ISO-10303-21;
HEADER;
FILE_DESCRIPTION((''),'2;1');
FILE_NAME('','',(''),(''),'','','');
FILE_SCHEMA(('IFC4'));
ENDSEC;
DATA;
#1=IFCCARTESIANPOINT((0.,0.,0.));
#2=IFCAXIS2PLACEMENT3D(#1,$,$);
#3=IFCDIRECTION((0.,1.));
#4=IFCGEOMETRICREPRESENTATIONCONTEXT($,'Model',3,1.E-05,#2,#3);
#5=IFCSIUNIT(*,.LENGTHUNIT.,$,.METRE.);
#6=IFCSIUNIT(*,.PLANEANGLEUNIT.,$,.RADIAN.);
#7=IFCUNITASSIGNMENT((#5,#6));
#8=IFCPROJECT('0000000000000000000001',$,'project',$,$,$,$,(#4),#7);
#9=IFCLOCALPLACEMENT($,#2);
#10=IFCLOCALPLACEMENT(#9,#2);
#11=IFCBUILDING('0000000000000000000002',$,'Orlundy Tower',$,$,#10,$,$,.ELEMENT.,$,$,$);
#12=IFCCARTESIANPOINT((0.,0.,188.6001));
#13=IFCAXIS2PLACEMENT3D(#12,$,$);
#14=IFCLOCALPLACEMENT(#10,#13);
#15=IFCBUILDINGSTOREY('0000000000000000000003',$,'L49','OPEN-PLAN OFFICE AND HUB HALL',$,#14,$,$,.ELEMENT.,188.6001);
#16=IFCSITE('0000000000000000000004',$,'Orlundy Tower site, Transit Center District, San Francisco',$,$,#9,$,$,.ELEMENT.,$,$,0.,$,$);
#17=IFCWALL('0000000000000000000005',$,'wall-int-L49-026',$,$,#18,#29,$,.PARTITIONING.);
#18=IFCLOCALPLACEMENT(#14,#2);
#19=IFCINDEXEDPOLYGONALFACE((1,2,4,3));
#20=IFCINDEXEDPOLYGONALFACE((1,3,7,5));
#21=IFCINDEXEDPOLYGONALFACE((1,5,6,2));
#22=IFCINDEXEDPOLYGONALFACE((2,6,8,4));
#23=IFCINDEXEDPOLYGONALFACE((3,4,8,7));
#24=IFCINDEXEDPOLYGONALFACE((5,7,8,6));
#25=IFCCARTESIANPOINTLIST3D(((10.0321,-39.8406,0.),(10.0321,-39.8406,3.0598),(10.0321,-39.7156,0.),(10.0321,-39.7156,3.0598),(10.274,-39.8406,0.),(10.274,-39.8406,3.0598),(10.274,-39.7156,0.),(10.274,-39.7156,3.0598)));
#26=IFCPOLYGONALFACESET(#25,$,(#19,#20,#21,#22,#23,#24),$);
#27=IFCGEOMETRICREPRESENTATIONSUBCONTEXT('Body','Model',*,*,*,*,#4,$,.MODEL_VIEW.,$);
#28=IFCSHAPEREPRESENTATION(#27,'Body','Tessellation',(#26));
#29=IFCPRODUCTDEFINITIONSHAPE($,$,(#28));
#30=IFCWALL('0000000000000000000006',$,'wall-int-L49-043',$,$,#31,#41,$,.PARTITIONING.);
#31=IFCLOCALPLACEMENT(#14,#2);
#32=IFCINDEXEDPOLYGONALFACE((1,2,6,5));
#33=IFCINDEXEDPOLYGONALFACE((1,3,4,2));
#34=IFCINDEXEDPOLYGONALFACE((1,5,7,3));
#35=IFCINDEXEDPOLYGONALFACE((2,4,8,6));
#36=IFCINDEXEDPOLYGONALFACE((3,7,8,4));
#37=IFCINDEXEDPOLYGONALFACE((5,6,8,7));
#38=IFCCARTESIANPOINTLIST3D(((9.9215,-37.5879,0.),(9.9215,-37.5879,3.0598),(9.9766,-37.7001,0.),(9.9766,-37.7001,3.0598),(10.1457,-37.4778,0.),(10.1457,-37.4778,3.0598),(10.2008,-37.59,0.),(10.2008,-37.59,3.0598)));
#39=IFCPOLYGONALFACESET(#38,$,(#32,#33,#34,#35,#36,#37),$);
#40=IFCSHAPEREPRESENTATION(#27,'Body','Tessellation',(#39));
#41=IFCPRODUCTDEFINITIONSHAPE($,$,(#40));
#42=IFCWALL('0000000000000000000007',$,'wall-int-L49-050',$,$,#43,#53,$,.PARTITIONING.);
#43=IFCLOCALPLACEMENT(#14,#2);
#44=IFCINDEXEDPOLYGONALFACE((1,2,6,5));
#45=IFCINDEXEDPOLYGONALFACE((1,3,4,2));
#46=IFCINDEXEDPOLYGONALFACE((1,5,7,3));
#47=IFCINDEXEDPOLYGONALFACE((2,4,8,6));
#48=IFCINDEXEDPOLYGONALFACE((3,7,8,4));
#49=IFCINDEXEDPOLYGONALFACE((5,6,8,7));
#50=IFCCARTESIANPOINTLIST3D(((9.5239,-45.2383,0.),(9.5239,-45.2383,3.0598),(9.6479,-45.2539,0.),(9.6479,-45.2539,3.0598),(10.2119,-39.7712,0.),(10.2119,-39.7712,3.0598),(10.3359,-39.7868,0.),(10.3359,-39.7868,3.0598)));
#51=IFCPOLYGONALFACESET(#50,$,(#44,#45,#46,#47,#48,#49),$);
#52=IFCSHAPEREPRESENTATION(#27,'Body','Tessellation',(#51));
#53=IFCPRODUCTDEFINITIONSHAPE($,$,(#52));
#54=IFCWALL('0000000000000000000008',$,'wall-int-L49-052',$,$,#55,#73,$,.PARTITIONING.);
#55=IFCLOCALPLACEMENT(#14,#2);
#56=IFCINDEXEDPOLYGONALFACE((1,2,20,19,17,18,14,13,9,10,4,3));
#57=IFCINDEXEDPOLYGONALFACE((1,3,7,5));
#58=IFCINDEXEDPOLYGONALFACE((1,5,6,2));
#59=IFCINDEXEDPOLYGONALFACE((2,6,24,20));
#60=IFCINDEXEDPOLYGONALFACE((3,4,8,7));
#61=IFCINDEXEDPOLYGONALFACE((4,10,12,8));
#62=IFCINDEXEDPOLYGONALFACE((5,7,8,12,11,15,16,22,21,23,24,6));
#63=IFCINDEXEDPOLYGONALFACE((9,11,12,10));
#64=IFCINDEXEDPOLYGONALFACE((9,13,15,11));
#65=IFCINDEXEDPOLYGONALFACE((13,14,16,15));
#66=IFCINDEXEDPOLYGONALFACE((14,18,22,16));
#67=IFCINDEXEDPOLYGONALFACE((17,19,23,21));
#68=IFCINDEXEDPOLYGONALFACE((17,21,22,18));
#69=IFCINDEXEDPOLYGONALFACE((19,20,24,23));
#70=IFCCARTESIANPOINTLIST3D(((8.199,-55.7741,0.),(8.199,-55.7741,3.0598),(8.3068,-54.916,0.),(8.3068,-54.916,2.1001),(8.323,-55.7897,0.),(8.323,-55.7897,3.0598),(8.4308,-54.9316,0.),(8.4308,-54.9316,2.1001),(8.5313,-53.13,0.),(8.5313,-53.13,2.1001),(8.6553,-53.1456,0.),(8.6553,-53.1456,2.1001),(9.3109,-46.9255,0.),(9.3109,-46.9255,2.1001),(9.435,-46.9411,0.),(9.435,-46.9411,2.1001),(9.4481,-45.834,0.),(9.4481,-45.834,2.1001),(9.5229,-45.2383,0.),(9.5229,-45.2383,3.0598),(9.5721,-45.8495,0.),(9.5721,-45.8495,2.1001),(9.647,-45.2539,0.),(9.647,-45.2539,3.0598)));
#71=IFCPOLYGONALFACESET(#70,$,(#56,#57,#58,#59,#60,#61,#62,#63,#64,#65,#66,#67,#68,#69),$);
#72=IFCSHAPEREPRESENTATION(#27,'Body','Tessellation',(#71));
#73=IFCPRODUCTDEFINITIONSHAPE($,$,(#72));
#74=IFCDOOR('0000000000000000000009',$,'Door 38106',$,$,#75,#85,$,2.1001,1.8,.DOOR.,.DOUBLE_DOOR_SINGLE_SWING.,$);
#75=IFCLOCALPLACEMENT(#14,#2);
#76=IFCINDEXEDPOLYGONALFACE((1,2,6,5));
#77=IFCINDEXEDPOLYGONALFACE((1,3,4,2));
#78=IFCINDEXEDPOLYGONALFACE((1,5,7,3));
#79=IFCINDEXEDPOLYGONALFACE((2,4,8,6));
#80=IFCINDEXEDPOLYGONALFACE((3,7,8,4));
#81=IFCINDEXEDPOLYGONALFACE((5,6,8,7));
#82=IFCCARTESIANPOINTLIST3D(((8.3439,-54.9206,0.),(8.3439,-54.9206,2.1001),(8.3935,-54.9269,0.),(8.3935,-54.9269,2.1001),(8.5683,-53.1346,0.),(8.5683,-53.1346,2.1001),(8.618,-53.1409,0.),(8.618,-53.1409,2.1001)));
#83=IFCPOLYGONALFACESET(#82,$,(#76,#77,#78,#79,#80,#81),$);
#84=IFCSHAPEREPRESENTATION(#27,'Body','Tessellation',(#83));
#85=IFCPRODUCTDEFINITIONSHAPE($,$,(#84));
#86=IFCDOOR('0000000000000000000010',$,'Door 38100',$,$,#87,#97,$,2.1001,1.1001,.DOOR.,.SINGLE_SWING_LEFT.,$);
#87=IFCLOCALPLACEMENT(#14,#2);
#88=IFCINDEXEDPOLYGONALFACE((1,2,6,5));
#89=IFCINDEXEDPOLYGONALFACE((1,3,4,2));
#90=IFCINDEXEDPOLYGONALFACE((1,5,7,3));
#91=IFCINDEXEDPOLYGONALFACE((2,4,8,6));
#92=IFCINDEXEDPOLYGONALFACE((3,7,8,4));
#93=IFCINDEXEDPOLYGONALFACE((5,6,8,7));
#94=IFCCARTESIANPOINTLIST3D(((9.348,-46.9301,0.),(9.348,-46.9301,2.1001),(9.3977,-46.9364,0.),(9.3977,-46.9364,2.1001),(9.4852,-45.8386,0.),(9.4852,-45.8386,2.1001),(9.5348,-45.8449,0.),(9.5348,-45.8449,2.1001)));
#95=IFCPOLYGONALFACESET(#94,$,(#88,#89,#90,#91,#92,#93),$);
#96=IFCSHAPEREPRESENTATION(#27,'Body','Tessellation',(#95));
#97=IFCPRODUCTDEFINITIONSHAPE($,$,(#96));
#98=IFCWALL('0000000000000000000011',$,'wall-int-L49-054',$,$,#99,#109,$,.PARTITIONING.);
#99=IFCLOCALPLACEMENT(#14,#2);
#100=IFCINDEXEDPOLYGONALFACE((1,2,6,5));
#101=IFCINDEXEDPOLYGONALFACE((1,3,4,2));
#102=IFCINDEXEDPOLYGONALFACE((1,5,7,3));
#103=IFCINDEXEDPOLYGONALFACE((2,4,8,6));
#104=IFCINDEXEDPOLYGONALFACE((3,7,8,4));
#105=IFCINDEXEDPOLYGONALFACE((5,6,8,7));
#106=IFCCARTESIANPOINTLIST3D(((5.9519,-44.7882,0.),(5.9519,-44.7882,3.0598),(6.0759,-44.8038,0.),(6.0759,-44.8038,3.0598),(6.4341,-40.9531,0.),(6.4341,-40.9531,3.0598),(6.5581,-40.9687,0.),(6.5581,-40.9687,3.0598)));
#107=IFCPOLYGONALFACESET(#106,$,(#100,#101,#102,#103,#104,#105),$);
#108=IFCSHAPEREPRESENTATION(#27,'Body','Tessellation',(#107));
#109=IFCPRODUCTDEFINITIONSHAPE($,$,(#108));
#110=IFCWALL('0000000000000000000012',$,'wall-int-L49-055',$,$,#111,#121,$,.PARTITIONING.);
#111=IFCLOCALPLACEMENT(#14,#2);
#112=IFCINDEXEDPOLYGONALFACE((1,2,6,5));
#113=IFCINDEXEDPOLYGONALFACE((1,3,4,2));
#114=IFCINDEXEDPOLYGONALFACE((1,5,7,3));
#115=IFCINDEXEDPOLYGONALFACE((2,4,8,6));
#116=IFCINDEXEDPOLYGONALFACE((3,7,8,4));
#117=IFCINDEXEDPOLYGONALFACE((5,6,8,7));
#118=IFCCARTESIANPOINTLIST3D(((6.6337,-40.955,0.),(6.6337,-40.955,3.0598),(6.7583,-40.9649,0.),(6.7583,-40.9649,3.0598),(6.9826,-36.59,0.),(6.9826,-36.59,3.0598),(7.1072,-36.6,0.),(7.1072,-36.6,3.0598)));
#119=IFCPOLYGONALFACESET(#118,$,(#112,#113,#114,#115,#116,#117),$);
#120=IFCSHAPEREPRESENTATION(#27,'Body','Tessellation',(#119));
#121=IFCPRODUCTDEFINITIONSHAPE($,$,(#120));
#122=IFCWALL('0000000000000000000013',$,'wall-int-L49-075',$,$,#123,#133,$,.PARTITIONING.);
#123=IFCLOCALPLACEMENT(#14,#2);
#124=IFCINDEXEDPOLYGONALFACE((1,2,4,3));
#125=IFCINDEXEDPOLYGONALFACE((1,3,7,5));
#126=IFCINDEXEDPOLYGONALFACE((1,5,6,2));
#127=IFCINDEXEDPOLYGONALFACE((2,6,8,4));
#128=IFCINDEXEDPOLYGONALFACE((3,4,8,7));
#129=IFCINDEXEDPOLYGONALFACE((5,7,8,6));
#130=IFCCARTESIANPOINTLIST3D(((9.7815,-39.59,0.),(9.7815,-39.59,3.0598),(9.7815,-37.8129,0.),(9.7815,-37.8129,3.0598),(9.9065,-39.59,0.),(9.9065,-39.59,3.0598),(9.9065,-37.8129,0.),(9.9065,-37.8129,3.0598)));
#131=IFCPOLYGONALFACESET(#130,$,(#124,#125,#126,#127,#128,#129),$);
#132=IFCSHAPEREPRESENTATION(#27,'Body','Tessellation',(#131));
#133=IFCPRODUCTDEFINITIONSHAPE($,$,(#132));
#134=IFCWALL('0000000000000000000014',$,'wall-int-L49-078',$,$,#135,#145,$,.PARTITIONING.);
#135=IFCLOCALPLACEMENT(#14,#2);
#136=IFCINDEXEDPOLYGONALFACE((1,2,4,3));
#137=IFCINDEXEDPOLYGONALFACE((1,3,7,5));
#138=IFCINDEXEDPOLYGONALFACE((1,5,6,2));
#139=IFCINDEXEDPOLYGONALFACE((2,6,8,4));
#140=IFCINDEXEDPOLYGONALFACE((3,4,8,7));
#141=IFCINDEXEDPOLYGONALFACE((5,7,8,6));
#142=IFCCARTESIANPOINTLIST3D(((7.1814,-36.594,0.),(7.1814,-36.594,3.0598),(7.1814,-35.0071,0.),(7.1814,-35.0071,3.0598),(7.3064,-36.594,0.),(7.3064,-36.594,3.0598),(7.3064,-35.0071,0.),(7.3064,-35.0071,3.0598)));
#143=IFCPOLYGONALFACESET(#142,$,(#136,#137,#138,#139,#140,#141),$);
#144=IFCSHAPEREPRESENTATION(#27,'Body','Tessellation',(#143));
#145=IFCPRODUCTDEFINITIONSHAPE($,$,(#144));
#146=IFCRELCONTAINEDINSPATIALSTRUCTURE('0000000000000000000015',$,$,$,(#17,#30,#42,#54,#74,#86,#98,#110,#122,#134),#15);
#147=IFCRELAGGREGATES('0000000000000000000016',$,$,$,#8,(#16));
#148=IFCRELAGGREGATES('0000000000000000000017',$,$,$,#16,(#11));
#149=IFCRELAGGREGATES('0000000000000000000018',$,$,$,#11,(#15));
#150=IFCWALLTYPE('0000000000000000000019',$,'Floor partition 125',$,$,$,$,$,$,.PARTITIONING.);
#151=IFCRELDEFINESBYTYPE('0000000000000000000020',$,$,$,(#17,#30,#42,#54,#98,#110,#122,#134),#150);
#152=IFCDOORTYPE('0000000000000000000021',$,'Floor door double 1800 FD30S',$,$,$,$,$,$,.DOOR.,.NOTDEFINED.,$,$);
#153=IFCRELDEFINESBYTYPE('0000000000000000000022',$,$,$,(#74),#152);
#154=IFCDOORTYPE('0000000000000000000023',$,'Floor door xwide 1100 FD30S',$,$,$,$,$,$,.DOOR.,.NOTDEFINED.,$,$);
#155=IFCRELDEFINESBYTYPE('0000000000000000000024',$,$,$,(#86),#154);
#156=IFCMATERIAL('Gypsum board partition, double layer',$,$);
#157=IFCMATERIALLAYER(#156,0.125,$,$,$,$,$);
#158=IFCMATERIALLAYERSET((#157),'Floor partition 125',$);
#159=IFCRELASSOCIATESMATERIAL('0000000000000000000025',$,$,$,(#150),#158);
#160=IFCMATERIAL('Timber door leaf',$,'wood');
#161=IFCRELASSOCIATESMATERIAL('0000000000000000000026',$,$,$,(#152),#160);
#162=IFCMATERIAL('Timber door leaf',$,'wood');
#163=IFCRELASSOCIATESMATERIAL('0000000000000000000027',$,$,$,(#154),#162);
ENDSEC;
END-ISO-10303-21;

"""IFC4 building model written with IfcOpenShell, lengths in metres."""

from ifc_helpers import new_model, si_unit, direction, frame, frame_2d, origin, place, context, subcontext, project, spatial, rectangle, extrude, material, layer, layer_set, type_object, element, fill, save


model = new_model("IFC4")

# Units and contexts
model_context = context("Model", 3, precision=1e-05, world=origin(), true_north=direction((0.0, 1.0)))
body_context = subcontext(model_context, "Body", "Model", "MODEL_VIEW")
ifc_project = project(units=[si_unit("LENGTHUNIT", "METRE"), si_unit("PLANEANGLEUNIT", "RADIAN")], contexts=[model_context])

# Site, building, storey
site_placement = place(None, origin())
site = spatial("IfcSite", under=ifc_project, at=site_placement, Name="Orlundy Tower site, Transit Center District, San Francisco", CompositionType="ELEMENT", RefElevation=0.0)
building_placement = place(site_placement, origin())
building = spatial("IfcBuilding", under=site, at=building_placement, Name="Orlundy Tower", CompositionType="ELEMENT")
storey_placement = place(building_placement, frame((0.0, 0.0, 188.6001)))
storey = spatial("IfcBuildingStorey", under=building, at=storey_placement, Name="L49", Description="OPEN-PLAN OFFICE AND HUB HALL", CompositionType="ELEMENT", Elevation=188.6001)

# Shared definitions
ifc_material_1 = material(Name="Gypsum board partition, double layer")
ifc_layer_1 = layer(ifc_material_1, 0.125)
ifc_layer_set_1 = layer_set([ifc_layer_1], Name="Floor partition 125")
wall_type = type_object("IfcWallType", Name="Floor partition 125", PredefinedType="PARTITIONING", material=ifc_layer_set_1)

# Walls
wall_1_placement = place(storey_placement, frame((10.032, -39.7781, 0.0), z_axis=(0.0, 0.0, 1.0), x_axis=(1.0, 0.0, 0.0)))
element("IfcWall", 1, at=wall_1_placement, inside=storey, type_object=wall_type, Name="wall-int-L49-026", PredefinedType="PARTITIONING", context=body_context, shape_type="SweptSolid", body=[
    extrude(rectangle(XDim=0.2419, YDim=0.125, at=frame_2d((0.1211, 0.0))), origin(), (0.0, 0.0, 1.0), 3.0598),
])
wall_2_placement = place(storey_placement, frame((9.949, -37.644, 0.0), z_axis=(0.0, 0.0, 1.0), x_axis=(0.897534, 0.440945, 0.0)))
element("IfcWall", 2, at=wall_2_placement, inside=storey, type_object=wall_type, Name="wall-int-L49-043", PredefinedType="PARTITIONING", context=body_context, shape_type="SweptSolid", body=[
    extrude(rectangle(XDim=0.2498, YDim=0.125, at=frame_2d((0.125, 0.0))), origin(), (0.0, 0.0, 1.0), 3.0598),
])
wall_3_placement = place(storey_placement, frame((9.5859, -45.2461, 0.0), z_axis=(0.0, 0.0, 1.0), x_axis=(0.124858, 0.992175, 0.0)))
element("IfcWall", 3, at=wall_3_placement, inside=storey, type_object=wall_type, Name="wall-int-L49-050", PredefinedType="PARTITIONING", context=body_context, shape_type="SweptSolid", body=[
    extrude(rectangle(XDim=5.5103, YDim=0.125, at=frame_2d((2.7551, 0.0))), origin(), (0.0, 0.0, 1.0), 3.0598),
])

# Wall, openings, doors
wall_4_placement = place(storey_placement, frame((9.585, -45.2461, 0.0), z_axis=(0.0, 0.0, 1.0), x_axis=(-0.124683, -0.992197, 0.0)))
wall_4 = element("IfcWall", 4, at=wall_4_placement, inside=storey, type_object=wall_type, Name="wall-int-L49-052", PredefinedType="PARTITIONING", context=body_context, shape_type="SweptSolid", body=[
    extrude(rectangle(XDim=10.6187, YDim=0.125, at=frame_2d((5.3093, 0.0))), origin(), (0.0, 0.0, 1.0), 3.0598),
])
opening_1_placement = place(wall_4_placement, frame((0.6003, 0.0, 0.0)))
opening_1 = element("IfcOpeningElement", 5, at=opening_1_placement, cuts=wall_4, PredefinedType="OPENING", context=body_context, shape_type="SweptSolid", body=[
    extrude(rectangle(XDim=1.1001, YDim=2.1001, at=frame_2d((0.55, 1.05))), frame((0.0, 0.0725, 0.0), z_axis=(0.0, -1.0, 0.0), x_axis=(1.0, 0.0, 0.0)), (0.0, 0.0, 1.0), 0.145),
])
opening_2_placement = place(wall_4_placement, frame((7.9539, 0.0, 0.0)))
opening_2 = element("IfcOpeningElement", 6, at=opening_2_placement, cuts=wall_4, PredefinedType="OPENING", context=body_context, shape_type="SweptSolid", body=[
    extrude(rectangle(XDim=1.8, YDim=2.1001, at=frame_2d((0.8999, 1.05))), frame((0.0, 0.0725, 0.0), z_axis=(0.0, -1.0, 0.0), x_axis=(1.0, 0.0, 0.0)), (0.0, 0.0, 1.0), 0.145),
])
ifc_material_2 = material(Name="Timber door leaf", Category="wood")
door_type_1 = type_object("IfcDoorType", Name="Floor door double 1800 FD30S", OperationType="NOTDEFINED", PredefinedType="DOOR", material=ifc_material_2)
door_1_placement = place(opening_2_placement, origin())
door_1 = element("IfcDoor", 7, at=door_1_placement, inside=storey, type_object=door_type_1, Name="Door 38106", OperationType="DOUBLE_DOOR_SINGLE_SWING", OverallHeight=2.1001, OverallWidth=1.8, PredefinedType="DOOR", context=body_context, shape_type="SweptSolid", body=[
    extrude(rectangle(XDim=1.8, YDim=2.1001, at=frame_2d((0.8999, 1.05))), frame((0.0, 0.0249, 0.0), z_axis=(0.0, -1.0, 0.0), x_axis=(1.0, 0.0, 0.0)), (0.0, 0.0, 1.0), 0.05),
])
fill(opening_2, door_1)
ifc_material_3 = material(Name="Timber door leaf", Category="wood")
door_type_2 = type_object("IfcDoorType", Name="Floor door xwide 1100 FD30S", OperationType="NOTDEFINED", PredefinedType="DOOR", material=ifc_material_3)
door_2_placement = place(opening_1_placement, origin())
door_2 = element("IfcDoor", 8, at=door_2_placement, inside=storey, type_object=door_type_2, Name="Door 38100", OperationType="SINGLE_SWING_LEFT", OverallHeight=2.1001, OverallWidth=1.1001, PredefinedType="DOOR", context=body_context, shape_type="SweptSolid", body=[
    extrude(rectangle(XDim=1.1001, YDim=2.1001, at=frame_2d((0.55, 1.05))), frame((0.0, 0.0249, 0.0), z_axis=(0.0, -1.0, 0.0), x_axis=(1.0, 0.0, 0.0)), (0.0, 0.0, 1.0), 0.05),
])
fill(opening_1, door_2)

# Walls
wall_5_placement = place(storey_placement, frame((6.4961, -40.9609, 0.0), z_axis=(0.0, 0.0, 1.0), x_axis=(-0.12475, -0.992188, 0.0)))
element("IfcWall", 9, at=wall_5_placement, inside=storey, type_object=wall_type, Name="wall-int-L49-054", PredefinedType="PARTITIONING", context=body_context, shape_type="SweptSolid", body=[
    extrude(rectangle(XDim=3.8652, YDim=0.125, at=frame_2d((1.9326, 0.0))), origin(), (0.0, 0.0, 1.0), 3.0598),
])
wall_6_placement = place(storey_placement, frame((7.0449, -36.595, 0.0), z_axis=(0.0, 0.0, 1.0), x_axis=(-0.079672, -0.996821, 0.0)))
element("IfcWall", 10, at=wall_6_placement, inside=storey, type_object=wall_type, Name="wall-int-L49-055", PredefinedType="PARTITIONING", context=body_context, shape_type="SweptSolid", body=[
    extrude(rectangle(XDim=4.3789, YDim=0.125, at=frame_2d((2.1895, 0.0))), origin(), (0.0, 0.0, 1.0), 3.0598),
])
wall_7_placement = place(storey_placement, frame((9.844, -39.5901, 0.0), z_axis=(0.0, 0.0, 1.0), x_axis=(0.0, 1.0, 0.0)))
element("IfcWall", 11, at=wall_7_placement, inside=storey, type_object=wall_type, Name="wall-int-L49-075", PredefinedType="PARTITIONING", context=body_context, shape_type="SweptSolid", body=[
    extrude(rectangle(XDim=1.7771, YDim=0.125, at=frame_2d((0.8887, 0.0))), origin(), (0.0, 0.0, 1.0), 3.0598),
])
wall_8_placement = place(storey_placement, frame((7.2439, -36.594, 0.0), z_axis=(0.0, 0.0, 1.0), x_axis=(0.0, 1.0, 0.0)))
element("IfcWall", 12, at=wall_8_placement, inside=storey, type_object=wall_type, Name="wall-int-L49-078", PredefinedType="PARTITIONING", context=body_context, shape_type="SweptSolid", body=[
    extrude(rectangle(XDim=1.5869, YDim=0.125, at=frame_2d((0.7935, 0.0))), origin(), (0.0, 0.0, 1.0), 3.0598),
])

save(model, "model.ifc")
